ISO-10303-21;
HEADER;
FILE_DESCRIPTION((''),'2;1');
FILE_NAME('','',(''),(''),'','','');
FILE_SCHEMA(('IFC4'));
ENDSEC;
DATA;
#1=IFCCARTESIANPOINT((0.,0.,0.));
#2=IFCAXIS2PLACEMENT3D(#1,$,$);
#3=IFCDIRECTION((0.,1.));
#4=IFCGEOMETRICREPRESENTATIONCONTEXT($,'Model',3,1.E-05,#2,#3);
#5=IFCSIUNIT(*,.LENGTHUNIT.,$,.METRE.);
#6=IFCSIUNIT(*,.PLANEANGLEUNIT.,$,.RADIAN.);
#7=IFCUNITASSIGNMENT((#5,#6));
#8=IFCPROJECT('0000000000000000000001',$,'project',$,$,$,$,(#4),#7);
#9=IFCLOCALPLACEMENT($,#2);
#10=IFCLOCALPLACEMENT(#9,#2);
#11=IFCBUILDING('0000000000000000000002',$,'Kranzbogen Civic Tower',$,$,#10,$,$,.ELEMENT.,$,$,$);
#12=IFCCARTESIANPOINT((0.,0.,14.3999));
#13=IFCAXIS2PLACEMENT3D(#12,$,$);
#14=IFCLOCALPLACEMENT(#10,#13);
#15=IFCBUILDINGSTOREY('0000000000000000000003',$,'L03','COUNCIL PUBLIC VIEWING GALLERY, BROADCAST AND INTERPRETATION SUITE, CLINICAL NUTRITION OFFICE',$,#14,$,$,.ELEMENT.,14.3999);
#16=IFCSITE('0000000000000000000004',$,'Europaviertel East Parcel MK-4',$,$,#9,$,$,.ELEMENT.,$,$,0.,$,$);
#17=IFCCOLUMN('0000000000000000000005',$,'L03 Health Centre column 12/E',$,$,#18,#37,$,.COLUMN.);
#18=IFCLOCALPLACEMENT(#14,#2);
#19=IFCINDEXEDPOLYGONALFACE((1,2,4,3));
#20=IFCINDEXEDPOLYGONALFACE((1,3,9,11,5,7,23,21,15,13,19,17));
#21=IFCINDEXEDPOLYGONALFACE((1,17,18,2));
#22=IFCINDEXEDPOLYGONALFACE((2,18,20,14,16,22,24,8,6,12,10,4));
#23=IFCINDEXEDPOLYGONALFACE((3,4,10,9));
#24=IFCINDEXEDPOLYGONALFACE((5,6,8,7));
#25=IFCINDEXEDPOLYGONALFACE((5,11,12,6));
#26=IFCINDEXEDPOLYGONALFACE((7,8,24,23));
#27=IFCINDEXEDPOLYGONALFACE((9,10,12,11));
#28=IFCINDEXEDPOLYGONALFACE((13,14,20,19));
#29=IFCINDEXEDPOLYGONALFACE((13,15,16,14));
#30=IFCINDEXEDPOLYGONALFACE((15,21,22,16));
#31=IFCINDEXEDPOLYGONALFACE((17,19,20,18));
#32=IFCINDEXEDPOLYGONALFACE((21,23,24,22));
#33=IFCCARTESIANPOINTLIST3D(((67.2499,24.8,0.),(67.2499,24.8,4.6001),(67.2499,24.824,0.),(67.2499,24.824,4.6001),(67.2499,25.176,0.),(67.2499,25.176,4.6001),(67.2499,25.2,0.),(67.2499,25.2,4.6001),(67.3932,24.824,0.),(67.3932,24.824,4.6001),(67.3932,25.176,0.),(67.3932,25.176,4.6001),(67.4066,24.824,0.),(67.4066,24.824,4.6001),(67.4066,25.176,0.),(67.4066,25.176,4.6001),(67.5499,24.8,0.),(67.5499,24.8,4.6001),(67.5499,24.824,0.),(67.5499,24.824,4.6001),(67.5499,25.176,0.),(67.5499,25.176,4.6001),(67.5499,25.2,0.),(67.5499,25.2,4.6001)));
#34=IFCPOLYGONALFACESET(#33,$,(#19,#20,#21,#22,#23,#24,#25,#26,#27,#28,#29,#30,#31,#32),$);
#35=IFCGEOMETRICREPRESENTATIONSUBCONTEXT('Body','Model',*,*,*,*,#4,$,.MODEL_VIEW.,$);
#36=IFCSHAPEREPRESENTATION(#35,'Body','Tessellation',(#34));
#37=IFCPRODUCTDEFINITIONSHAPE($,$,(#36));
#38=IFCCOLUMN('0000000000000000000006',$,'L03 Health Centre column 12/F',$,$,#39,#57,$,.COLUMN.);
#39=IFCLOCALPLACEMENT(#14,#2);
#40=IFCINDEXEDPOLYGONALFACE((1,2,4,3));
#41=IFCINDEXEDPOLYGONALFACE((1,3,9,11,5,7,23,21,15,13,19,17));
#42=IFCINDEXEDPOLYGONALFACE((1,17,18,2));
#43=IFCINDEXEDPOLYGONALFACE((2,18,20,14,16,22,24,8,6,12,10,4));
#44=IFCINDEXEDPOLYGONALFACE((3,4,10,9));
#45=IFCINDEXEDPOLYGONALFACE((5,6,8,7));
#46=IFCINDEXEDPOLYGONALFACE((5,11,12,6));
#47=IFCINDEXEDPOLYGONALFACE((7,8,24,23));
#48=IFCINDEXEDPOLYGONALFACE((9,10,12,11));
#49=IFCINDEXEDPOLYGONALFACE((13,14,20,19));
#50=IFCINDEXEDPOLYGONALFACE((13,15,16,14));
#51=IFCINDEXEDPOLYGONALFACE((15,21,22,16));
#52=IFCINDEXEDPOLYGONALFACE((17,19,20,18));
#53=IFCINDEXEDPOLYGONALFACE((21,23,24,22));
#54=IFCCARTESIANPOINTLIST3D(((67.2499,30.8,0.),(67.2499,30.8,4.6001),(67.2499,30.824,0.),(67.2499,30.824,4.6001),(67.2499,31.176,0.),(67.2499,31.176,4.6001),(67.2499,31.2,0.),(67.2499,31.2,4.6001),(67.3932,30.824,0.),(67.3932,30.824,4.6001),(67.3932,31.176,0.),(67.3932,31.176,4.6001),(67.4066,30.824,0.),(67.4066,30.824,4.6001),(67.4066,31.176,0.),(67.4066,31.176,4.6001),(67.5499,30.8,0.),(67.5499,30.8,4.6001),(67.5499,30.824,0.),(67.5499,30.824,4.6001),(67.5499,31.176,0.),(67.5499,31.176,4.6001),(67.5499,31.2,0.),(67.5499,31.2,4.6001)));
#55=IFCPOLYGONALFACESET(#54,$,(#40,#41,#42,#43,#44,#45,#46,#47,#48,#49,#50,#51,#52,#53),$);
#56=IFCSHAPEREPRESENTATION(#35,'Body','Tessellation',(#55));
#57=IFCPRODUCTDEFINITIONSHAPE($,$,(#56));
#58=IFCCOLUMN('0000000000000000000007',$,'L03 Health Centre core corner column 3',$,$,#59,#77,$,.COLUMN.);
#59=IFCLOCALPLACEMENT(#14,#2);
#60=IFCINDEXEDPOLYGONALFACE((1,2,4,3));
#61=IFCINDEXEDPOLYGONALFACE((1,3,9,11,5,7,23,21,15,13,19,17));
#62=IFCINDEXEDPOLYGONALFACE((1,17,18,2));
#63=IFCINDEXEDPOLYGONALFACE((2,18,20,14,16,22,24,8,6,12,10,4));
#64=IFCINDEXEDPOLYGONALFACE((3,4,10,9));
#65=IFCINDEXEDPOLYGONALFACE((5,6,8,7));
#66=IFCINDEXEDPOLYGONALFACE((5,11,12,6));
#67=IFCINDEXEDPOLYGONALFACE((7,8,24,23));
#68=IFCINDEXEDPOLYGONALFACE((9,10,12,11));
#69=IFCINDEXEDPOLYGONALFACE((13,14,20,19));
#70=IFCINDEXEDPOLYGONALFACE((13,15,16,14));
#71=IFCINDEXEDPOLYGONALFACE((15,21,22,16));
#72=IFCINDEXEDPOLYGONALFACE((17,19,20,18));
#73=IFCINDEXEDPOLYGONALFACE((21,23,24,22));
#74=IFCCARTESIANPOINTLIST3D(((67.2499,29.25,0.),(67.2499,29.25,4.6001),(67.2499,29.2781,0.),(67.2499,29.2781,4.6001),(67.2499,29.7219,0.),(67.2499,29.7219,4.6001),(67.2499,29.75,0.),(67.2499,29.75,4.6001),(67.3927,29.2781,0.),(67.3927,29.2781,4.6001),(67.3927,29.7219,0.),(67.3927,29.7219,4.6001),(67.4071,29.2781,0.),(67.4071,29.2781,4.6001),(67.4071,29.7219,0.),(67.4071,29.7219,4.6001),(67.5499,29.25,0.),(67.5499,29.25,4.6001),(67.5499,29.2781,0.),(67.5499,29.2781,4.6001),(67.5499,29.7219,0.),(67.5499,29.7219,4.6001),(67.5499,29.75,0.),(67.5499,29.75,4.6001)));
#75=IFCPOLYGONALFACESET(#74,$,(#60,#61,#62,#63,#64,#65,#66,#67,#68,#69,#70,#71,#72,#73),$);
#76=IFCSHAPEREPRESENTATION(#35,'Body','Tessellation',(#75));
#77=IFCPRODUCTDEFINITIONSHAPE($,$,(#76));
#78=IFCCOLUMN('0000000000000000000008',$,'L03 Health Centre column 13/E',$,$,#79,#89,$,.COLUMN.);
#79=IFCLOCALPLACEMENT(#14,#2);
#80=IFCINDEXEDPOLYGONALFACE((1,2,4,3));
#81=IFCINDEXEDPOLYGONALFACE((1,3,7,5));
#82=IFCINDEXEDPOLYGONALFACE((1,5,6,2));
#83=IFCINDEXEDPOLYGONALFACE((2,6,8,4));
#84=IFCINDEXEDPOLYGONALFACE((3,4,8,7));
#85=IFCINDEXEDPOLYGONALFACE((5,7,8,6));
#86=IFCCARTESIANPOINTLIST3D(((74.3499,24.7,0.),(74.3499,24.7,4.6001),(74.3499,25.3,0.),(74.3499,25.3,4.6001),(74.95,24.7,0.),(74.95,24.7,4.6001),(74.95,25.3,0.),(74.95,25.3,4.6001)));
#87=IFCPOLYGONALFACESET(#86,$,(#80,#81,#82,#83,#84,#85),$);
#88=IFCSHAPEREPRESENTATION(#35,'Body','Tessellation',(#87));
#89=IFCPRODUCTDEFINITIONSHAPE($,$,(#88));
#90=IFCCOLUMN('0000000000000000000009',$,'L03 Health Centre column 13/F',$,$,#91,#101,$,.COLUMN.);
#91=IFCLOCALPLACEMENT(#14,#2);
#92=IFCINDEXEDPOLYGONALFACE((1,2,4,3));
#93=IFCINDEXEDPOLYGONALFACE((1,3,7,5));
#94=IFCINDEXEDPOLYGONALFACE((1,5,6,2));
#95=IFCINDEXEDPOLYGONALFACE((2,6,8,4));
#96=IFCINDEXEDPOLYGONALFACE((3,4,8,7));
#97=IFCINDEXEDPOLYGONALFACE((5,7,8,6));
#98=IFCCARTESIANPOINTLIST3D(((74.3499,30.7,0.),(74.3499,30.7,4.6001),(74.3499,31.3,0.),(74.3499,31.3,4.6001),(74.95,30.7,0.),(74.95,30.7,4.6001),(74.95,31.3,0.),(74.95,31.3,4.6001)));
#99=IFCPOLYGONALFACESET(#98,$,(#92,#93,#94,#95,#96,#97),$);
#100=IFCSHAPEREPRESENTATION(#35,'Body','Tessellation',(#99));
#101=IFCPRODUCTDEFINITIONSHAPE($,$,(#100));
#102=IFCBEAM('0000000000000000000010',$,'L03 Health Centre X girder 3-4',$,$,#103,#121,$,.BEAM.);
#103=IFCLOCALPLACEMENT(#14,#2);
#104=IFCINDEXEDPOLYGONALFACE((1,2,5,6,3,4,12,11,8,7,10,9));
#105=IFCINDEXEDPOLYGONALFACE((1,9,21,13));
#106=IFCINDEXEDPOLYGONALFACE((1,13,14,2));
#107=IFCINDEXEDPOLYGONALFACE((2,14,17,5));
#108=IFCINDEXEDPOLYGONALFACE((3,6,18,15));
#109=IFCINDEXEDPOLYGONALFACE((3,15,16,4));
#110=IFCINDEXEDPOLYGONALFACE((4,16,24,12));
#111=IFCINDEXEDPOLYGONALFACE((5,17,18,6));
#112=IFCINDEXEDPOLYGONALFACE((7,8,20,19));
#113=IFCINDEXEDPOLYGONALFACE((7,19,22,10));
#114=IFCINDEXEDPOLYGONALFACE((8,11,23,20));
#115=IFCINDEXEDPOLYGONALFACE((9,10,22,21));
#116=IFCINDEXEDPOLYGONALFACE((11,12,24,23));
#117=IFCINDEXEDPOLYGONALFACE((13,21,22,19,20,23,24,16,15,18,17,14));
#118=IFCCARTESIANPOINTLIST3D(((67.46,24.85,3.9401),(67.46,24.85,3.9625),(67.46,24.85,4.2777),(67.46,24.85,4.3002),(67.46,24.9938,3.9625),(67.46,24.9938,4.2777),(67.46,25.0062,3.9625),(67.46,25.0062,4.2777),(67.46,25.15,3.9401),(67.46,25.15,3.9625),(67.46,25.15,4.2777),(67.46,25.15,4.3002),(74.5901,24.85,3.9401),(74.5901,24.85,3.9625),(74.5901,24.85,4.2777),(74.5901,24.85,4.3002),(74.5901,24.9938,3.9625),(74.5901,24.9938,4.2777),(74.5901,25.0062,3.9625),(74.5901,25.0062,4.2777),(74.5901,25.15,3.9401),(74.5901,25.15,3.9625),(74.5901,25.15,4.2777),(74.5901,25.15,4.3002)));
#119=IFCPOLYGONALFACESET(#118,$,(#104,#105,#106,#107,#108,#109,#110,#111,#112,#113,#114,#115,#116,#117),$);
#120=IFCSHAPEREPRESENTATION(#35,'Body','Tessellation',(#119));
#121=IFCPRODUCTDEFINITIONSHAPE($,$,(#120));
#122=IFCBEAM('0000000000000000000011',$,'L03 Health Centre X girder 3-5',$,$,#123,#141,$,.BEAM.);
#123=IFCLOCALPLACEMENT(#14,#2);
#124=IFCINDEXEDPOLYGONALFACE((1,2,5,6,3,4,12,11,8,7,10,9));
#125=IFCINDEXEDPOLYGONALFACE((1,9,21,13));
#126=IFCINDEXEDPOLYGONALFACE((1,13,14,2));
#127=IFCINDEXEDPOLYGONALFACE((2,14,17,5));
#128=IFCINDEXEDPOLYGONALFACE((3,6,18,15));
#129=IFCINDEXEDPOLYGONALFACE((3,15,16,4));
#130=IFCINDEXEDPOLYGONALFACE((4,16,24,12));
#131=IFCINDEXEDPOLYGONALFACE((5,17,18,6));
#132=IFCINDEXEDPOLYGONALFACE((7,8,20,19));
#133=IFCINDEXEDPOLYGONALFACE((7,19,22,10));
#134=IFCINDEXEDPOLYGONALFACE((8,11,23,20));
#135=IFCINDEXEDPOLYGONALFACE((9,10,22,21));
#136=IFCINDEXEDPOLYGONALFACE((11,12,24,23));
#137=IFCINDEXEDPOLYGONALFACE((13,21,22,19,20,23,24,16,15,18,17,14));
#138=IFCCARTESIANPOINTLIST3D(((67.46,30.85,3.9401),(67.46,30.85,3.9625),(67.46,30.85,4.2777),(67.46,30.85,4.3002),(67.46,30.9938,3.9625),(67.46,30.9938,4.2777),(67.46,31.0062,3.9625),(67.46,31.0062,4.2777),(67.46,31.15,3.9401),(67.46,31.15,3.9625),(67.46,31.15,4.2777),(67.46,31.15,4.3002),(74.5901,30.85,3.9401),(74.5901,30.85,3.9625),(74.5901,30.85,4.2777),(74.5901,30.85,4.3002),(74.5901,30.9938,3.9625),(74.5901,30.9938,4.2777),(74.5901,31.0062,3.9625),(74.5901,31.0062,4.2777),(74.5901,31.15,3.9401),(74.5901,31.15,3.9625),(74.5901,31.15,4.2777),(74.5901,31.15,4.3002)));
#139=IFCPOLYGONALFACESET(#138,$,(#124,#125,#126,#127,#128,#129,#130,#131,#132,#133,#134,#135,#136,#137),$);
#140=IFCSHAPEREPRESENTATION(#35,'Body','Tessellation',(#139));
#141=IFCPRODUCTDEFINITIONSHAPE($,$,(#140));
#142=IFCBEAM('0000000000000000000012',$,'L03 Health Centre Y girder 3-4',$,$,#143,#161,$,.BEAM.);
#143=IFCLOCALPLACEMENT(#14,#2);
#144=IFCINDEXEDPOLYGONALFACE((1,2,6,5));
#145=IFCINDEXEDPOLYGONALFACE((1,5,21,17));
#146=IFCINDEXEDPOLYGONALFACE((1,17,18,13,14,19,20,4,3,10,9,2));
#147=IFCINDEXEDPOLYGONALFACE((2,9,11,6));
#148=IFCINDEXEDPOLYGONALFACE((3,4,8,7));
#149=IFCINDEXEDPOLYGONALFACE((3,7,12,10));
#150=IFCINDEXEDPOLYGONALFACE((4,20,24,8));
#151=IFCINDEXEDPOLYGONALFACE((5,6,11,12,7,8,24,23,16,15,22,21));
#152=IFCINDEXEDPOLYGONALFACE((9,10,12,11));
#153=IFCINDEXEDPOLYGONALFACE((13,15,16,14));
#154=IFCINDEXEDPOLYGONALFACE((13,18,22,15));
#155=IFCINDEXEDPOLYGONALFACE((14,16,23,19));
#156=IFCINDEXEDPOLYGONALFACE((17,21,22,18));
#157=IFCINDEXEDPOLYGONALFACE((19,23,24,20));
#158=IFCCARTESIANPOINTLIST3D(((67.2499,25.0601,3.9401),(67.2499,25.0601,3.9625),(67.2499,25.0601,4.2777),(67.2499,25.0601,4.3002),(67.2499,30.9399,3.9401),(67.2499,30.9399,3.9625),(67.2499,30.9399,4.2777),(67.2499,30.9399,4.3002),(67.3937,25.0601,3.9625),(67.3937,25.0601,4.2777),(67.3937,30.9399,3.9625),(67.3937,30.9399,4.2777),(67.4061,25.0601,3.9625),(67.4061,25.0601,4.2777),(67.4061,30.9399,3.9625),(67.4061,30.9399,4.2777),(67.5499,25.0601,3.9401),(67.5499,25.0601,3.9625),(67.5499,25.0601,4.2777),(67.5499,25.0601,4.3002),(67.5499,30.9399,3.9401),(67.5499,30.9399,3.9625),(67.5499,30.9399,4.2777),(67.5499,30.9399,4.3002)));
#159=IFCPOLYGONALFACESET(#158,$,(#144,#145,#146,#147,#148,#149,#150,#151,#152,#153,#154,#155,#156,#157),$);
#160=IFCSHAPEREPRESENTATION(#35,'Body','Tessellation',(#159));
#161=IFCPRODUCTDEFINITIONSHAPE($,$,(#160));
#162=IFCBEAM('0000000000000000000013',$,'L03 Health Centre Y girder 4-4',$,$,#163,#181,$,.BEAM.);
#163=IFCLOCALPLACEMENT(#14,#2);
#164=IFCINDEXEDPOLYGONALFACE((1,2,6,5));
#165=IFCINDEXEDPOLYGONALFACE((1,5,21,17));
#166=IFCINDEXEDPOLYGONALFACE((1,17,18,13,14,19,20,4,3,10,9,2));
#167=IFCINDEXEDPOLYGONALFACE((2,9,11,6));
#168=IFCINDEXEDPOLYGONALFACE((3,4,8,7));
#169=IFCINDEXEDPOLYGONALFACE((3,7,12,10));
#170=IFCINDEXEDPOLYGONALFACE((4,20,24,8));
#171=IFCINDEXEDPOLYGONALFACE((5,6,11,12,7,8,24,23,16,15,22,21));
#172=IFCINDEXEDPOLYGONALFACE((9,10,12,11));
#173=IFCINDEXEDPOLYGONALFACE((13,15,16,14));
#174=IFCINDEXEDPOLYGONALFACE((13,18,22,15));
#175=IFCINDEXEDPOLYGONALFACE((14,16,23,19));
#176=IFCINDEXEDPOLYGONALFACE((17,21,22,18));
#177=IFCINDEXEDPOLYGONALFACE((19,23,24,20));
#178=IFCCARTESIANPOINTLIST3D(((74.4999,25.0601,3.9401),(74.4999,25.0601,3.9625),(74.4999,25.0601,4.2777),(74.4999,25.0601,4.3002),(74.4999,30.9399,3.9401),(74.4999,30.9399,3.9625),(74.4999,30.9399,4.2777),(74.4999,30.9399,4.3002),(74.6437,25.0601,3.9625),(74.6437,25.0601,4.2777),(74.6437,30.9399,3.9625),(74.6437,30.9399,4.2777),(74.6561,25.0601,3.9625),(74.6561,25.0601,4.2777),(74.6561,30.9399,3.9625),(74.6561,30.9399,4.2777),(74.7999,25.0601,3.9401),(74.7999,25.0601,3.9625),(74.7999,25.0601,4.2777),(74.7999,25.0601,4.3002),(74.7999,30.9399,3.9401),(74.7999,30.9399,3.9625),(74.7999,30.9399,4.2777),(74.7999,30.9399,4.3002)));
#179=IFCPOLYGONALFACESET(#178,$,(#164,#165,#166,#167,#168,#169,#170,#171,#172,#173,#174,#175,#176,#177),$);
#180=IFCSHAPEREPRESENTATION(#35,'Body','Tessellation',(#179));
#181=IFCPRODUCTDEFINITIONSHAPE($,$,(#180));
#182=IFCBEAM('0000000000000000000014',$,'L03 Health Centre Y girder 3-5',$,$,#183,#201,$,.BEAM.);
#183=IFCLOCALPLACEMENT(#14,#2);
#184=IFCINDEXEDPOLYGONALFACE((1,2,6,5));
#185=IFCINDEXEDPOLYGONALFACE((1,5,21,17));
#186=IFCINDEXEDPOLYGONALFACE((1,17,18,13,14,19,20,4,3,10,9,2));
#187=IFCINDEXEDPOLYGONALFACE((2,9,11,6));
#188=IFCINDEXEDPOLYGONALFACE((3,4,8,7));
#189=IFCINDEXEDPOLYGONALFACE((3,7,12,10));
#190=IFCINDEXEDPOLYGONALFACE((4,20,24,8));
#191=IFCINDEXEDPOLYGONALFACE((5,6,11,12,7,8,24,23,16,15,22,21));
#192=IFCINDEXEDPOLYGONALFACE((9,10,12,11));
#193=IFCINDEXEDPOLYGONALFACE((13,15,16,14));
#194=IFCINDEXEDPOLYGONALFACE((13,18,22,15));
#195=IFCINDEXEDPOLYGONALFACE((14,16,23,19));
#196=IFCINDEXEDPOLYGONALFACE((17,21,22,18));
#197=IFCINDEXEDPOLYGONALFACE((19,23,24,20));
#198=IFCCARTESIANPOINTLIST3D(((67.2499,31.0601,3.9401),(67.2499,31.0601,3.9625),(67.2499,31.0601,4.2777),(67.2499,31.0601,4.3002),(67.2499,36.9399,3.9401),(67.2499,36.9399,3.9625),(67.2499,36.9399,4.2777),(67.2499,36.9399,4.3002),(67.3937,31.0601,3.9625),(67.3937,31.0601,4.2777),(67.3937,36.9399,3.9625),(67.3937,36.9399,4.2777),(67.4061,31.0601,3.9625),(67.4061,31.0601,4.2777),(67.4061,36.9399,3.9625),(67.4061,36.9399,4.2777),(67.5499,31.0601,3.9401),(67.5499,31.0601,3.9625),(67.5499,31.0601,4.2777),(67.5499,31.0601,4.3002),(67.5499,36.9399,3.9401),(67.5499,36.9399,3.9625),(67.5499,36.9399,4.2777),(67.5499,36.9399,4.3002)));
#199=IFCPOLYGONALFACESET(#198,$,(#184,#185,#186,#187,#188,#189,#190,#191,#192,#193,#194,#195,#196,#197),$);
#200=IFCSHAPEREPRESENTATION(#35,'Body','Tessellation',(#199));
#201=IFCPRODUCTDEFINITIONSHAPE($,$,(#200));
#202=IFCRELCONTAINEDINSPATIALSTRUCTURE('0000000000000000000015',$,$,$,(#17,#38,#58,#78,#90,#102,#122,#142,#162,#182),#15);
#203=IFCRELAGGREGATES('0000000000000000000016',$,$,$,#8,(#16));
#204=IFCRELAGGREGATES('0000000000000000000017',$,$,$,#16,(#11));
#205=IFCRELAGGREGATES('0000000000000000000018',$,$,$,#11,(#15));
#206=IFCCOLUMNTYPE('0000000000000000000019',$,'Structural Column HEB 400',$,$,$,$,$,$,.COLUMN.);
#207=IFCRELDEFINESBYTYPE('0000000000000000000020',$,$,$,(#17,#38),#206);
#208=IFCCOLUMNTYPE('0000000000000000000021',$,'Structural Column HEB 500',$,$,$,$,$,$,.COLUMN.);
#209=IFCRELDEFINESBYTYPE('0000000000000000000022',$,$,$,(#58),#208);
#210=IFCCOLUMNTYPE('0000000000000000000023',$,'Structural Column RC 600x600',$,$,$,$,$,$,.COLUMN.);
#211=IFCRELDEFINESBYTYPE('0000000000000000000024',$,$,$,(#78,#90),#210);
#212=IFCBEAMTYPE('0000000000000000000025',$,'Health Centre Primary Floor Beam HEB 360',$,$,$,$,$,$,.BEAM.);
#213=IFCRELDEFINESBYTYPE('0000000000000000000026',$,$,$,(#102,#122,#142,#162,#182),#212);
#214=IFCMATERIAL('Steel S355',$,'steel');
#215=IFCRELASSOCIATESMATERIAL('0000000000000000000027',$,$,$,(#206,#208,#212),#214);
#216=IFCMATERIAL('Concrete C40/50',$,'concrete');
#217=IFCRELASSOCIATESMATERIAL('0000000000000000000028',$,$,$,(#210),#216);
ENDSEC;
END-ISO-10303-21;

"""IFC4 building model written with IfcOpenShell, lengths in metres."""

from ifc_helpers import new_model, si_unit, direction, frame, origin, origin_2d, place, context, subcontext, project, spatial, rectangle, i_section, extrude, material, material_profile, profile_set, type_object, element, save


model = new_model("IFC4")

# Units and contexts
model_context = context("Model", 3, precision=1e-05, world=origin(), true_north=direction((0.0, 1.0)))
body_context = subcontext(model_context, "Body", "Model", "MODEL_VIEW")
ifc_project = project(units=[si_unit("LENGTHUNIT", "METRE"), si_unit("PLANEANGLEUNIT", "RADIAN")], contexts=[model_context])

# Site, building, storey
site_placement = place(None, origin())
site = spatial("IfcSite", under=ifc_project, at=site_placement, Name="Europaviertel East Parcel MK-4", CompositionType="ELEMENT", RefElevation=0.0)
building_placement = place(site_placement, origin())
building = spatial("IfcBuilding", under=site, at=building_placement, Name="Kranzbogen Civic Tower", CompositionType="ELEMENT")
storey_placement = place(building_placement, frame((0.0, 0.0, 14.3999)))
storey = spatial("IfcBuildingStorey", under=building, at=storey_placement, Name="L03", Description="COUNCIL PUBLIC VIEWING GALLERY, BROADCAST AND INTERPRETATION SUITE, CLINICAL NUTRITION OFFICE", CompositionType="ELEMENT", Elevation=14.3999)

# Columns
ifc_material_1 = material(Name="Steel S355", Category="steel")
ifc_material_profile_1 = material_profile(ifc_material_1, i_section(OverallWidth=0.3, OverallDepth=0.3999, WebThickness=0.0134, FlangeThickness=0.0239, at=origin_2d()), Name="HEB 400")
ifc_profile_set_1 = profile_set([ifc_material_profile_1], Name="Steel S355")
column_type_1 = type_object("IfcColumnType", Name="Structural Column HEB 400", PredefinedType="COLUMN", material=ifc_profile_set_1)
for number, where, z_axis, x_axis, name in (
    (1, (67.3999, 25.0, 0.0), (0.0, 0.0, 1.0), (1.0, 0.0, 0.0), "L03 Health Centre column 12/E"),
    (2, (67.3999, 31.0, 0.0), (0.0, 0.0, 1.0), (1.0, 0.0, 0.0), "L03 Health Centre column 12/F"),
):
    element("IfcColumn", number, at=place(storey_placement, frame(where, z_axis=z_axis, x_axis=x_axis)), inside=storey, type_object=column_type_1, Name=name, PredefinedType="COLUMN", context=body_context, shape_type="SweptSolid", body=[
        extrude(i_section(OverallWidth=0.3, OverallDepth=0.3999, WebThickness=0.0134, FlangeThickness=0.0239, at=origin_2d()), origin(), (0.0, 0.0, 1.0), 4.6001),
    ])
ifc_material_profile_2 = material_profile(ifc_material_1, i_section(OverallWidth=0.3, OverallDepth=0.5, WebThickness=0.0144, FlangeThickness=0.0281, at=origin_2d()), Name="HEB 500")
ifc_profile_set_2 = profile_set([ifc_material_profile_2], Name="Steel S355")
column_type_2 = type_object("IfcColumnType", Name="Structural Column HEB 500", PredefinedType="COLUMN", material=ifc_profile_set_2)
column_placement = place(storey_placement, frame((67.3999, 29.5, 0.0), z_axis=(0.0, 0.0, 1.0), x_axis=(1.0, 0.0, 0.0)))
element("IfcColumn", 3, at=column_placement, inside=storey, type_object=column_type_2, Name="L03 Health Centre core corner column 3", PredefinedType="COLUMN", context=body_context, shape_type="SweptSolid", body=[
    extrude(i_section(OverallWidth=0.3, OverallDepth=0.5, WebThickness=0.0144, FlangeThickness=0.0281, at=origin_2d()), origin(), (0.0, 0.0, 1.0), 4.6001),
])
ifc_material_2 = material(Name="Concrete C40/50", Category="concrete")
ifc_material_profile_3 = material_profile(ifc_material_2, rectangle(XDim=0.6001, YDim=0.6001, at=origin_2d()), Name="RC 600x600")
ifc_profile_set_3 = profile_set([ifc_material_profile_3], Name="Concrete C40/50")
column_type_3 = type_object("IfcColumnType", Name="Structural Column RC 600x600", PredefinedType="COLUMN", material=ifc_profile_set_3)
for number, where, z_axis, x_axis, name in (
    (4, (74.6499, 25.0, 0.0), (0.0, 0.0, 1.0), (1.0, 0.0, 0.0), "L03 Health Centre column 13/E"),
    (5, (74.6499, 31.0, 0.0), (0.0, 0.0, 1.0), (1.0, 0.0, 0.0), "L03 Health Centre column 13/F"),
):
    element("IfcColumn", number, at=place(storey_placement, frame(where, z_axis=z_axis, x_axis=x_axis)), inside=storey, type_object=column_type_3, Name=name, PredefinedType="COLUMN", context=body_context, shape_type="SweptSolid", body=[
        extrude(rectangle(XDim=0.6001, YDim=0.6001, at=origin_2d()), origin(), (0.0, 0.0, 1.0), 4.6001),
    ])

# Beams
ifc_material_profile_4 = material_profile(ifc_material_1, i_section(OverallWidth=0.3, OverallDepth=0.3601, WebThickness=0.0125, FlangeThickness=0.0225, at=origin_2d()), Name="HEB 360")
ifc_profile_set_4 = profile_set([ifc_material_profile_4], Name="Steel S355")
beam_type_1 = type_object("IfcBeamType", Name="Health Centre Primary Floor Beam HEB 360", PredefinedType="BEAM", material=ifc_profile_set_4)
for number, where, z_axis, x_axis, name in (
    (6, (67.46, 25.0, 4.1201), (1.0, 0.0, 0.0), (0.0, 1.0, 0.0), "L03 Health Centre X girder 3-4"),
    (7, (67.46, 31.0, 4.1201), (1.0, 0.0, 0.0), (0.0, 1.0, 0.0), "L03 Health Centre X girder 3-5"),
):
    element("IfcBeam", number, at=place(storey_placement, frame(where, z_axis=z_axis, x_axis=x_axis)), inside=storey, type_object=beam_type_1, Name=name, PredefinedType="BEAM", context=body_context, shape_type="SweptSolid", body=[
        extrude(i_section(OverallWidth=0.3, OverallDepth=0.3601, WebThickness=0.0125, FlangeThickness=0.0225, at=origin_2d()), origin(), (0.0, 0.0, 1.0), 7.1301),
    ])
for number, where, z_axis, x_axis, name in (
    (8, (67.3999, 25.0601, 4.1201), (0.0, 1.0, 0.0), (-1.0, 0.0, 0.0), "L03 Health Centre Y girder 3-4"),
    (9, (74.6499, 25.0601, 4.1201), (0.0, 1.0, 0.0), (-1.0, 0.0, 0.0), "L03 Health Centre Y girder 4-4"),
    (10, (67.3999, 31.0601, 4.1201), (0.0, 1.0, 0.0), (-1.0, 0.0, 0.0), "L03 Health Centre Y girder 3-5"),
):
    element("IfcBeam", number, at=place(storey_placement, frame(where, z_axis=z_axis, x_axis=x_axis)), inside=storey, type_object=beam_type_1, Name=name, PredefinedType="BEAM", context=body_context, shape_type="SweptSolid", body=[
        extrude(i_section(OverallWidth=0.3, OverallDepth=0.3601, WebThickness=0.0125, FlangeThickness=0.0225, at=origin_2d()), origin(), (0.0, 0.0, 1.0), 5.8799),
    ])

save(model, "model.ifc")
